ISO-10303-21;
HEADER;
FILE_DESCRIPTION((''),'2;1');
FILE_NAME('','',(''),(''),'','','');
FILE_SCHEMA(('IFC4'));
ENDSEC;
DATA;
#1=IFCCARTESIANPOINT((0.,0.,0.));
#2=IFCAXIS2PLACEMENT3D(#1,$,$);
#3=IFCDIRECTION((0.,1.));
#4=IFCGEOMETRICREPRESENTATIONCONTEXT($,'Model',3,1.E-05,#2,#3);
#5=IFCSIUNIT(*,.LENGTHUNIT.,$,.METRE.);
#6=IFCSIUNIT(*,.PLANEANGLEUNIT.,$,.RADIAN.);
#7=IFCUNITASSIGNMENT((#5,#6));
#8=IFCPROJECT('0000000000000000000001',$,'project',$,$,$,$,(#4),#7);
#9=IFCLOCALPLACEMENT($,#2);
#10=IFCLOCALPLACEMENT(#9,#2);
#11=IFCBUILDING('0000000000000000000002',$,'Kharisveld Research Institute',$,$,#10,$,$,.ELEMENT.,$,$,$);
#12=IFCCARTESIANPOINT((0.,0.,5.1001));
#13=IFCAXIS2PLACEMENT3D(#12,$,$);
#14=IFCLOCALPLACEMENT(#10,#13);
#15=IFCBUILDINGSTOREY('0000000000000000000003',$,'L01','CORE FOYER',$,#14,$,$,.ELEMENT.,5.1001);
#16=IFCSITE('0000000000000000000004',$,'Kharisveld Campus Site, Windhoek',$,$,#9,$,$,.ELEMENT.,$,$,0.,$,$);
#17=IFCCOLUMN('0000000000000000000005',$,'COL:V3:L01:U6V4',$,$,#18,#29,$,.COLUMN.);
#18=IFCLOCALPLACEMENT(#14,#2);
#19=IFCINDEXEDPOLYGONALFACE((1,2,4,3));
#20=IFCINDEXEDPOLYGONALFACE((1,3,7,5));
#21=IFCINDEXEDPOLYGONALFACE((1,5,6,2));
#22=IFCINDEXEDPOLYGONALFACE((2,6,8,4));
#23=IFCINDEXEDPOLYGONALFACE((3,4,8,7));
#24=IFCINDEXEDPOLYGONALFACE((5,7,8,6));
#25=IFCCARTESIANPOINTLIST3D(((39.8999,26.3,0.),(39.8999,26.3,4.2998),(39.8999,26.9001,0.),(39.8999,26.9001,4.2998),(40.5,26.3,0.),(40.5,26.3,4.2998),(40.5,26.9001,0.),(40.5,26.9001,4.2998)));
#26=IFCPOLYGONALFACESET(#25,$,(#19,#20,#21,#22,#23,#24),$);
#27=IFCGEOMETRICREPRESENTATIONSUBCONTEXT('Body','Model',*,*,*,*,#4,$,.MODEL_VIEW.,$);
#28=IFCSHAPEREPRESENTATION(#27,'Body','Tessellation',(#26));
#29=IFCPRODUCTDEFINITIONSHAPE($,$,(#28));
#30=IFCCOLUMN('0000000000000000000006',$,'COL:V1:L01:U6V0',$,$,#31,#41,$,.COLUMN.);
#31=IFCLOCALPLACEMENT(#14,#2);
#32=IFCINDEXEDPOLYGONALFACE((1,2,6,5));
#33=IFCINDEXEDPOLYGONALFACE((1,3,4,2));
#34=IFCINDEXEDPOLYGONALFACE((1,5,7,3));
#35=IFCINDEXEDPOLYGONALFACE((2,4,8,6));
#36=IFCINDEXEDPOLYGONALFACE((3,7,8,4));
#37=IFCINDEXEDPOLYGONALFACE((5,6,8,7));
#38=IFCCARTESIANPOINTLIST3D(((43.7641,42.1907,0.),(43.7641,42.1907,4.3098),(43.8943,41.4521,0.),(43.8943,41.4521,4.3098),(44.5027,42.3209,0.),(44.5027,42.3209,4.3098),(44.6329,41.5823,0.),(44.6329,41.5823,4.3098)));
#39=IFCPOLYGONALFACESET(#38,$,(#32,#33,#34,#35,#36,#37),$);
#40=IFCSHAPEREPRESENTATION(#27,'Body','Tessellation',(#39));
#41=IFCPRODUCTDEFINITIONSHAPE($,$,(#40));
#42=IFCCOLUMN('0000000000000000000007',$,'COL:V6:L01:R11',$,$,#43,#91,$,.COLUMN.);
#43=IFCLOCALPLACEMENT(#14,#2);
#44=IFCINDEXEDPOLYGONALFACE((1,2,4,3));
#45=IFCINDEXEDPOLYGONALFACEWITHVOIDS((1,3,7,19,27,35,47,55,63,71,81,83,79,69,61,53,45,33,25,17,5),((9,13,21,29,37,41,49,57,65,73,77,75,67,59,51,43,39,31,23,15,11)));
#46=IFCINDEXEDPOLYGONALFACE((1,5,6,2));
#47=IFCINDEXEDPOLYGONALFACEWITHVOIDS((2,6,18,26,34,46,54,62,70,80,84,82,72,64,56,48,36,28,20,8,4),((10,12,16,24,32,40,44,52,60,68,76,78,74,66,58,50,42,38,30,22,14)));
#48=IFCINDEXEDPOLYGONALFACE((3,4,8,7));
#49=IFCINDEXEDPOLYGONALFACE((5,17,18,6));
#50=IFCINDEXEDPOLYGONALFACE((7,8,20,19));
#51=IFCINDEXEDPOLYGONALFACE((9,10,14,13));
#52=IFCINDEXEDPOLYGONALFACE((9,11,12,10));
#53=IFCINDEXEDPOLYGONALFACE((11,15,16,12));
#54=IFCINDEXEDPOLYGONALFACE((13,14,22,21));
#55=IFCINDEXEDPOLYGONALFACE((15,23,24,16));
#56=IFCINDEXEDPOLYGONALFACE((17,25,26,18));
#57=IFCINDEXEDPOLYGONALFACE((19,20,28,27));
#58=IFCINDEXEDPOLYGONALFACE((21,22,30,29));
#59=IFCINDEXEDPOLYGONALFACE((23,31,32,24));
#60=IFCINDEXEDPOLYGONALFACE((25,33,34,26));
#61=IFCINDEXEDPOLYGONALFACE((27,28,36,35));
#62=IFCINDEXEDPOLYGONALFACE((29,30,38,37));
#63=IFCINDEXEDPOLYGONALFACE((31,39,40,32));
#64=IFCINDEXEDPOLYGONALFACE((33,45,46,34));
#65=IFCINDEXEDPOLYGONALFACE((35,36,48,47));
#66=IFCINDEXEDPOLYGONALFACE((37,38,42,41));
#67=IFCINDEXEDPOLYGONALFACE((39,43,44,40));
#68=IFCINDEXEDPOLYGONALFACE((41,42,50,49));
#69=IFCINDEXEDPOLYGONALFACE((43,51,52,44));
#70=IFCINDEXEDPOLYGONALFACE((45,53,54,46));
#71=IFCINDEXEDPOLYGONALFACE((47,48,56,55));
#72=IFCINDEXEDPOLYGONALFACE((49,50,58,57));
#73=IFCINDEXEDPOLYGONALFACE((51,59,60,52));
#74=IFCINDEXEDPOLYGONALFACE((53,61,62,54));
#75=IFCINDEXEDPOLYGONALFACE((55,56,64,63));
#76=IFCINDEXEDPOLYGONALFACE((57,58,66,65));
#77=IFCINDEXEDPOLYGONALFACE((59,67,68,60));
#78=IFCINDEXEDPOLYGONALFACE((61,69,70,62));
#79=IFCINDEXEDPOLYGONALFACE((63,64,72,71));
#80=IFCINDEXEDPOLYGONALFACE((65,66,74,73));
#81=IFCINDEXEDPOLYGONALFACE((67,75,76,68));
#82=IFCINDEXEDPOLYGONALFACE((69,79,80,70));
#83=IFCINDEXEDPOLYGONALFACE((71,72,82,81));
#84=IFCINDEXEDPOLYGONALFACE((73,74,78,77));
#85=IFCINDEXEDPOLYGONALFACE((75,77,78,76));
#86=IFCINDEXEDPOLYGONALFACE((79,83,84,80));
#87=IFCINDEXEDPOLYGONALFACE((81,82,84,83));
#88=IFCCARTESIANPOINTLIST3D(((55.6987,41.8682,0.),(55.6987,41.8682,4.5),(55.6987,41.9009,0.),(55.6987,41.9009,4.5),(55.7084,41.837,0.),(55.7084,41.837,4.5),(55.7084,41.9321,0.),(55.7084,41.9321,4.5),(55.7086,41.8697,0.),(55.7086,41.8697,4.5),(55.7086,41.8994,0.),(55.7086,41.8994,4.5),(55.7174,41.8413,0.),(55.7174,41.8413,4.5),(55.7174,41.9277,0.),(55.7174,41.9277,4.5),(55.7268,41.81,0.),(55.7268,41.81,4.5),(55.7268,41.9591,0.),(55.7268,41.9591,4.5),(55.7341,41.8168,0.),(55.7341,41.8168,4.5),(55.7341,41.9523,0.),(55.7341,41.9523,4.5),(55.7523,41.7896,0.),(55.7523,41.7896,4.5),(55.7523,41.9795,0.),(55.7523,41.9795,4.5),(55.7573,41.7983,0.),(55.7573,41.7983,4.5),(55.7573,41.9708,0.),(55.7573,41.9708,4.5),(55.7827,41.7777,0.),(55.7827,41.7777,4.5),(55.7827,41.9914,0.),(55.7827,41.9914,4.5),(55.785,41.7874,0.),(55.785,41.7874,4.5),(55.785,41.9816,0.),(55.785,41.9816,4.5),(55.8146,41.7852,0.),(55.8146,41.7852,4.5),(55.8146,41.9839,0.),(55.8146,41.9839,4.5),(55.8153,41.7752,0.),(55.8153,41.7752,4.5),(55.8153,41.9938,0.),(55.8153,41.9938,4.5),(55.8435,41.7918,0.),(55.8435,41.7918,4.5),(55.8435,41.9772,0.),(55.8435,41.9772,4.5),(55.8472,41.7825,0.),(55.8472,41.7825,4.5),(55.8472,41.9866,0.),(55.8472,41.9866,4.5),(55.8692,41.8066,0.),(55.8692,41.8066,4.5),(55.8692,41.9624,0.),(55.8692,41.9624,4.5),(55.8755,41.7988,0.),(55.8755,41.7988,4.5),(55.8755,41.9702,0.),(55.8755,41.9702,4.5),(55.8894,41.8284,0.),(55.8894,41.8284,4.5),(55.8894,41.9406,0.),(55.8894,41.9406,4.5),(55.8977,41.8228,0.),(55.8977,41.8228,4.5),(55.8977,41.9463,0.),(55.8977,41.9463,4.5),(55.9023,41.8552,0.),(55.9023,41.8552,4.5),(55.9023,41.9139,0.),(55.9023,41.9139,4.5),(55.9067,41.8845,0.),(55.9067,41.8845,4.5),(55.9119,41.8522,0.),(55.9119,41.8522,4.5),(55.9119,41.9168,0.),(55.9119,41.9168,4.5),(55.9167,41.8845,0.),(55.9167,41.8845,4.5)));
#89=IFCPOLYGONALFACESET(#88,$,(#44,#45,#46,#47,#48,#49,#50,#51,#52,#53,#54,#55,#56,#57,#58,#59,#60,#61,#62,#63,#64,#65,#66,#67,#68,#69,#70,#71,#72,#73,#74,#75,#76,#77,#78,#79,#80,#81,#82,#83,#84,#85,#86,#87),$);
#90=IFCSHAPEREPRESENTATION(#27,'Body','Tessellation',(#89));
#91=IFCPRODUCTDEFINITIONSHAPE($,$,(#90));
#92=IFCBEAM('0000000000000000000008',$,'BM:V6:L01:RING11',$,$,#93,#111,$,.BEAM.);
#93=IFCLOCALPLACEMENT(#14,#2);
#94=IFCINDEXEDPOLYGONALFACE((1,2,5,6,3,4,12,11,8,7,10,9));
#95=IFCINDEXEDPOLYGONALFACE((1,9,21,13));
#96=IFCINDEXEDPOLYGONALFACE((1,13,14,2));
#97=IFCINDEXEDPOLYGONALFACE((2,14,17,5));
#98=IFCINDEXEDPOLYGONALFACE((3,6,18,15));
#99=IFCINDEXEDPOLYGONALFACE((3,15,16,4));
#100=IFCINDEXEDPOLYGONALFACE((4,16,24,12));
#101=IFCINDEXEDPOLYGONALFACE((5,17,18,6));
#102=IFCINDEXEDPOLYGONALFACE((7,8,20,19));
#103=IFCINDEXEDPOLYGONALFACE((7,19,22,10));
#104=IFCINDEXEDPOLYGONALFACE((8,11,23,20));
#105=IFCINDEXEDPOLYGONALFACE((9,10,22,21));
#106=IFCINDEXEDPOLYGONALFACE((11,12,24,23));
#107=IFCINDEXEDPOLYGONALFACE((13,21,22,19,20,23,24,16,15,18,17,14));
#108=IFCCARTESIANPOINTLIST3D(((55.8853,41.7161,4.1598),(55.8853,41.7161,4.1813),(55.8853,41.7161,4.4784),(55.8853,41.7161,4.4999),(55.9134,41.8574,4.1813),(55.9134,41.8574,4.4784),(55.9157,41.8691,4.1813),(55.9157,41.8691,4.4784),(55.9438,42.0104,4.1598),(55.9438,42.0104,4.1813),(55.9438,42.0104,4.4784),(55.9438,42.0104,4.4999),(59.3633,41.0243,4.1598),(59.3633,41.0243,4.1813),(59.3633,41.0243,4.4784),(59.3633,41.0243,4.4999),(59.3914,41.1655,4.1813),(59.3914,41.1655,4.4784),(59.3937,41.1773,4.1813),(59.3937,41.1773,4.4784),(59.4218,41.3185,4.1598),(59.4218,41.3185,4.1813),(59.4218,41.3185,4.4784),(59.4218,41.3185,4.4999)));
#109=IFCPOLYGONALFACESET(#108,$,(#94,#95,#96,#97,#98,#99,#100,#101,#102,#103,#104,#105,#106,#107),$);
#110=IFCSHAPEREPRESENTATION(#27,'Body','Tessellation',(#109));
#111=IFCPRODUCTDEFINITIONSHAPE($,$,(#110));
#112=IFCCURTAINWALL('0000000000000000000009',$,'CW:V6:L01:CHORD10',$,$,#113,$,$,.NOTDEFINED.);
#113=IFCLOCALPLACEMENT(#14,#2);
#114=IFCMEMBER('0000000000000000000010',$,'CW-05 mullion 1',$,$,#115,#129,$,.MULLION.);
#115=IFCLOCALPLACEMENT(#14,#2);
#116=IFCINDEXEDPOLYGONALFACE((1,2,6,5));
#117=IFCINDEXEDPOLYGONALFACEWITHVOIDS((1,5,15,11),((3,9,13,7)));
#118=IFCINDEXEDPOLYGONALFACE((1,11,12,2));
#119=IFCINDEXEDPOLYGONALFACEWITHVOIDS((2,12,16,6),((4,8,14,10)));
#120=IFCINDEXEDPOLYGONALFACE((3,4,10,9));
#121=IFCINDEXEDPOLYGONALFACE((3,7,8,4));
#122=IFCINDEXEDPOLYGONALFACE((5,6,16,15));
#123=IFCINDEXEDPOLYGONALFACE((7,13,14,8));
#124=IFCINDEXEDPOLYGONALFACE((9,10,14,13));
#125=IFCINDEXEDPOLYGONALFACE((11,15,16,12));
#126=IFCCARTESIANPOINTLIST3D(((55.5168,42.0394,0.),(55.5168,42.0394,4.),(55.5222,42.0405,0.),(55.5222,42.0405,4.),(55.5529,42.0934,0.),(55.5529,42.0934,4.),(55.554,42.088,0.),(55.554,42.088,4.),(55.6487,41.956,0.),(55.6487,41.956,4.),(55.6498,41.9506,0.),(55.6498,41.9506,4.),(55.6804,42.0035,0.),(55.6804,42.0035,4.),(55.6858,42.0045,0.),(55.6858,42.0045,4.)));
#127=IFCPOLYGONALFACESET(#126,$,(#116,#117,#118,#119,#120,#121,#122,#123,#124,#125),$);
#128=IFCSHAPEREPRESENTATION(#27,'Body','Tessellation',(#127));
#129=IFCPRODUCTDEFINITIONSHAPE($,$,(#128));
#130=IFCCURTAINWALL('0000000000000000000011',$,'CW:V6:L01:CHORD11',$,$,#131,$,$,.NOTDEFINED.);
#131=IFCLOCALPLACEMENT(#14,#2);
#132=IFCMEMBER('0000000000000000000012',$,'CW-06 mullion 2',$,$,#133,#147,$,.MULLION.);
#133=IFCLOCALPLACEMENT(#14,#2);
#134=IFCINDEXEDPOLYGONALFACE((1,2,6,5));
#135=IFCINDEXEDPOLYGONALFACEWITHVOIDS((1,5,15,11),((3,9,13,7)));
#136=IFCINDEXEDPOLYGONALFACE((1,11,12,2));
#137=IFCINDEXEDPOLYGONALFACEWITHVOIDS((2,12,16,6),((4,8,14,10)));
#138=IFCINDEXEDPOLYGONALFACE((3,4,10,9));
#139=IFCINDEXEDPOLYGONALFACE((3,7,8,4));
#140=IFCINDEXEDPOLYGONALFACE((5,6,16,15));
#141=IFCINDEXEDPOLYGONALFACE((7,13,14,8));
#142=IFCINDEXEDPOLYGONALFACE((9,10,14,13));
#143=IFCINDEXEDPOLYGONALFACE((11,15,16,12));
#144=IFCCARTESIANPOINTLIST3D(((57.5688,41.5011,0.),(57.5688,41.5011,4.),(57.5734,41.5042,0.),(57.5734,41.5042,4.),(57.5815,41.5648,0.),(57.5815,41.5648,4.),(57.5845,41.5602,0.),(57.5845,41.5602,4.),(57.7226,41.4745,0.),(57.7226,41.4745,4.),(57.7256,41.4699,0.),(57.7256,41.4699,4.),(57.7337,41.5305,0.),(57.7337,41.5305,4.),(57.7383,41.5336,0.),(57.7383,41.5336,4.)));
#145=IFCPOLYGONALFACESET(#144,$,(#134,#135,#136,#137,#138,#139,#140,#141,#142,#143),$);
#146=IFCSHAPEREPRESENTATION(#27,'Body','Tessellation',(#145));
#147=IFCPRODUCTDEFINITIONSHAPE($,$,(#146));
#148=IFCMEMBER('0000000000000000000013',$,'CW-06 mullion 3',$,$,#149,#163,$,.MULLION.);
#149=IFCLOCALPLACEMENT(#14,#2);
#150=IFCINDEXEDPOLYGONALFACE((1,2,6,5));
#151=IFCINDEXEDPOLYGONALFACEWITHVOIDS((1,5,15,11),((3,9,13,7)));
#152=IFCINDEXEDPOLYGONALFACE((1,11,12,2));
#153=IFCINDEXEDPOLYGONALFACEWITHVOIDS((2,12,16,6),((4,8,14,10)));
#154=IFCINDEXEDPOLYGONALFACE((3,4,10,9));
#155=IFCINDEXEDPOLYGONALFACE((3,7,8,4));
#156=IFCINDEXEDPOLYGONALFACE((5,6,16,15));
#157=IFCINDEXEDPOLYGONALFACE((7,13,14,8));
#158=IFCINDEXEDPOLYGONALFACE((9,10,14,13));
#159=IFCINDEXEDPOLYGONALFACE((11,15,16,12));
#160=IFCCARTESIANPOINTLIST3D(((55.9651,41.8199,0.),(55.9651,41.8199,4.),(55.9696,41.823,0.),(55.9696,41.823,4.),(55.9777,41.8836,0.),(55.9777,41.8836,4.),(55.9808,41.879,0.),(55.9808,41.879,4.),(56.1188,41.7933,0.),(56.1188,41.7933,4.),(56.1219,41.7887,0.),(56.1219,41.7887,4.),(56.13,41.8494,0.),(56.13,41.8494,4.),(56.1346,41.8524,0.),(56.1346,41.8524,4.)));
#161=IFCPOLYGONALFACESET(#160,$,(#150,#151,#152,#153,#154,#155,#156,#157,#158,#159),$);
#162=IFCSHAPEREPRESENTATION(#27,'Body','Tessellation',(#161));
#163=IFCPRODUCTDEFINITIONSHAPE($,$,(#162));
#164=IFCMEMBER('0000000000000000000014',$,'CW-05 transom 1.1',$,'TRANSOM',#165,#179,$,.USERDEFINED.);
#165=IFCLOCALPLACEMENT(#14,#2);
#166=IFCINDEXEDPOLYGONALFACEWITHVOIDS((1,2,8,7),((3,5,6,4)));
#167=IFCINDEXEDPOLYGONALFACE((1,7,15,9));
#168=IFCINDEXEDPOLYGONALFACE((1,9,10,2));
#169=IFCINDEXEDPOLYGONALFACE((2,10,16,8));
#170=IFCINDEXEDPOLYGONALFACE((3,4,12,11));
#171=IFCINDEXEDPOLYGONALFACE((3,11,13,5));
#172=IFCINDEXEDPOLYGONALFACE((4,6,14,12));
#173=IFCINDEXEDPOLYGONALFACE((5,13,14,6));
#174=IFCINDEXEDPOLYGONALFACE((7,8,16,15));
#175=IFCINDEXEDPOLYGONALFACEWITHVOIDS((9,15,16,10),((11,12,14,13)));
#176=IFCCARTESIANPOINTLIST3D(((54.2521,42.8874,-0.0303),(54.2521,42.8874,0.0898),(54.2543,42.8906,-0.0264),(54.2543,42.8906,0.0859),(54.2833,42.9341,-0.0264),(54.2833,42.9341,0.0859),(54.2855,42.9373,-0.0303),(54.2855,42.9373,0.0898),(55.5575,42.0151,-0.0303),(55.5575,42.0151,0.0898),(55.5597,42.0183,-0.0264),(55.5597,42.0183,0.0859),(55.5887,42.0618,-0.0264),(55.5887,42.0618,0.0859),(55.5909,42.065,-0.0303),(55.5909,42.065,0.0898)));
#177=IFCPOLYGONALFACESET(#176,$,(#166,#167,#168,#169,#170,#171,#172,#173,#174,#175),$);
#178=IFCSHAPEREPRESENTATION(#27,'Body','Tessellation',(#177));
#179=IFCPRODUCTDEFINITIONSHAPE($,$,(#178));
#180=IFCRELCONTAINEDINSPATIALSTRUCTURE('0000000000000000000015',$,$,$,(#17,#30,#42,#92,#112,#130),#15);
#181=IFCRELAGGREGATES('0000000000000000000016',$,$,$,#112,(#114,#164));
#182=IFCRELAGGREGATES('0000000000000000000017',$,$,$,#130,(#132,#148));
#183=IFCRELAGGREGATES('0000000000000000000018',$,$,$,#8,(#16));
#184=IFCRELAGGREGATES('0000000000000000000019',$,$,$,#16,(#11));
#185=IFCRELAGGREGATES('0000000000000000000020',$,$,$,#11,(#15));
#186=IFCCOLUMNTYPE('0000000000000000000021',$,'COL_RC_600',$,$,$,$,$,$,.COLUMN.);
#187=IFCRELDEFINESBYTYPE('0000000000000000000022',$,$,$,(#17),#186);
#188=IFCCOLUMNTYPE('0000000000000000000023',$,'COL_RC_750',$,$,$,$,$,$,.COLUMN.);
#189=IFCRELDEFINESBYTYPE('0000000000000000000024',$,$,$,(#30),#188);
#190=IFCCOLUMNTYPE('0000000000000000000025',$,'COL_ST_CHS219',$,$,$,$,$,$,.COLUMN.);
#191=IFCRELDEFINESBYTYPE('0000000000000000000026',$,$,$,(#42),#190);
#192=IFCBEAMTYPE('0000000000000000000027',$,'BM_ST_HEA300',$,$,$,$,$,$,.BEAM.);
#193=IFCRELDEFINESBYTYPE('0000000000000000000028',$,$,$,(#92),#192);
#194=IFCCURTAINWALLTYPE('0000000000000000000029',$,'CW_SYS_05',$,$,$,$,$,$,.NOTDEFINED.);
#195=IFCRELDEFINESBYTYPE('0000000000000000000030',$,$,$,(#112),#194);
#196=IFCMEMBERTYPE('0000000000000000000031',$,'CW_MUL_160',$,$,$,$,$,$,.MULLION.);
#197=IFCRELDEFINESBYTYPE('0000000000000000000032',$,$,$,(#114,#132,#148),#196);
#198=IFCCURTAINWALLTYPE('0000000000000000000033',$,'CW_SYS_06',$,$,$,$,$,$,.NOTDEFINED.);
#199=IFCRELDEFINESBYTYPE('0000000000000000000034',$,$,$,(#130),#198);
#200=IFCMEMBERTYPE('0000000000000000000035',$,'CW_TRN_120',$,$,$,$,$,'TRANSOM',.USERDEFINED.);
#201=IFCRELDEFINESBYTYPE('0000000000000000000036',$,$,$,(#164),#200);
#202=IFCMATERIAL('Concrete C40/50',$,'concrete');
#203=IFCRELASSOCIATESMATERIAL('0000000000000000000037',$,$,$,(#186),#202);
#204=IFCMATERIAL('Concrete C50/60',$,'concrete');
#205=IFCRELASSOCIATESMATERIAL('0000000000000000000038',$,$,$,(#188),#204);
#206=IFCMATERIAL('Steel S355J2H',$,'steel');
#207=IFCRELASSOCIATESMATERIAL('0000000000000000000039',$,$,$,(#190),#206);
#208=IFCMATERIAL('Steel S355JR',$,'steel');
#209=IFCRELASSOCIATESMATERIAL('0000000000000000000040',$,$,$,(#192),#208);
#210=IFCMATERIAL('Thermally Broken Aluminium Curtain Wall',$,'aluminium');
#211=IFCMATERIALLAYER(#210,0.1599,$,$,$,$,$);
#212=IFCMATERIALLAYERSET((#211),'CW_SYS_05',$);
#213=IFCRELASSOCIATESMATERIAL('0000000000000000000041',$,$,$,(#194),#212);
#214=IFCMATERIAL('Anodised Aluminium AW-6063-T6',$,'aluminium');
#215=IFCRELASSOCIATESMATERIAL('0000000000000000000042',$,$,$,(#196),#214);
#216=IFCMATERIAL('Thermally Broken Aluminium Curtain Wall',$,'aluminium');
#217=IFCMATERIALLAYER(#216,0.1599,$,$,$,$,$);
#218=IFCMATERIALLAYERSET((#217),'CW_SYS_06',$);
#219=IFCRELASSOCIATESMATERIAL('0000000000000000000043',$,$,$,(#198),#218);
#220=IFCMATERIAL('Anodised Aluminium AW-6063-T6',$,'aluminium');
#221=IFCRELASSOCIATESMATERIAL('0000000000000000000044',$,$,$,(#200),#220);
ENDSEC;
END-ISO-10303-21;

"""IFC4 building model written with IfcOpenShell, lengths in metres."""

from ifc_helpers import new_model, si_unit, direction, frame, origin, origin_2d, place, context, subcontext, project, spatial, rectangle, hollow_rectangle, hollow_circle, i_section, extrude, material, layer, layer_set, material_profile, profile_set, type_object, element, aggregate, save


model = new_model("IFC4")

# Units and contexts
model_context = context("Model", 3, precision=1e-05, world=origin(), true_north=direction((0.0, 1.0)))
body_context = subcontext(model_context, "Body", "Model", "MODEL_VIEW")
ifc_project = project(units=[si_unit("LENGTHUNIT", "METRE"), si_unit("PLANEANGLEUNIT", "RADIAN")], contexts=[model_context])

# Site, building, storey
site_placement = place(None, origin())
site = spatial("IfcSite", under=ifc_project, at=site_placement, Name="Kharisveld Campus Site, Windhoek", CompositionType="ELEMENT", RefElevation=0.0)
building_placement = place(site_placement, origin())
building = spatial("IfcBuilding", under=site, at=building_placement, Name="Kharisveld Research Institute", CompositionType="ELEMENT")
storey_placement = place(building_placement, frame((0.0, 0.0, 5.1001)))
storey = spatial("IfcBuildingStorey", under=building, at=storey_placement, Name="L01", Description="CORE FOYER", CompositionType="ELEMENT", Elevation=5.1001)

# Columns
ifc_material_1 = material(Name="Concrete C40/50", Category="concrete")
ifc_material_profile_1 = material_profile(ifc_material_1, rectangle(XDim=0.6001, YDim=0.6001, at=origin_2d()))
ifc_profile_set_1 = profile_set([ifc_material_profile_1], Name="Concrete C40/50")
column_type_1 = type_object("IfcColumnType", Name="COL_RC_600", PredefinedType="COLUMN", material=ifc_profile_set_1)
column_1_placement = place(storey_placement, frame((40.2, 26.6001, 0.0), z_axis=(0.0, 0.0, 1.0), x_axis=(1.0, 0.0, 0.0)))
element("IfcColumn", 1, at=column_1_placement, inside=storey, type_object=column_type_1, Name="COL:V3:L01:U6V4", PredefinedType="COLUMN", context=body_context, shape_type="SweptSolid", body=[
    extrude(rectangle(XDim=0.6001, YDim=0.6001, at=origin_2d()), origin(), (0.0, 0.0, 1.0), 4.2998),
])
ifc_material_2 = material(Name="Concrete C50/60", Category="concrete")
ifc_material_profile_2 = material_profile(ifc_material_2, rectangle(XDim=0.75, YDim=0.75, at=origin_2d()))
ifc_profile_set_2 = profile_set([ifc_material_profile_2], Name="Concrete C50/60")
column_type_2 = type_object("IfcColumnType", Name="COL_RC_750", PredefinedType="COLUMN", material=ifc_profile_set_2)
column_2_placement = place(storey_placement, frame((44.1985, 41.8865, 0.0), z_axis=(0.0, 0.0, 1.0), x_axis=(0.984808, 0.173648, 0.0)))
element("IfcColumn", 2, at=column_2_placement, inside=storey, type_object=column_type_2, Name="COL:V1:L01:U6V0", PredefinedType="COLUMN", context=body_context, shape_type="SweptSolid", body=[
    extrude(rectangle(XDim=0.75, YDim=0.75, at=origin_2d()), origin(), (0.0, 0.0, 1.0), 4.3098),
])
ifc_material_3 = material(Name="Steel S355J2H", Category="steel")
ifc_material_profile_3 = material_profile(ifc_material_3, hollow_circle(Radius=0.1096, WallThickness=0.01, at=origin_2d()))
ifc_profile_set_3 = profile_set([ifc_material_profile_3], Name="Steel S355J2H")
column_type_3 = type_object("IfcColumnType", Name="COL_ST_CHS219", PredefinedType="COLUMN", material=ifc_profile_set_3)
column_3_placement = place(storey_placement, frame((55.8071, 41.8845, 0.0), z_axis=(0.0, 0.0, 1.0), x_axis=(1.0, 0.0, 0.0)))
element("IfcColumn", 3, at=column_3_placement, inside=storey, type_object=column_type_3, Name="COL:V6:L01:R11", PredefinedType="COLUMN", context=body_context, shape_type="SweptSolid", body=[
    extrude(hollow_circle(Radius=0.1096, WallThickness=0.01, at=origin_2d()), origin(), (0.0, 0.0, 1.0), 4.5),
])

# Beam
ifc_material_4 = material(Name="Steel S355JR", Category="steel")
ifc_material_profile_4 = material_profile(ifc_material_4, i_section(OverallWidth=0.3, OverallDepth=0.3401, WebThickness=0.012, FlangeThickness=0.0215, at=origin_2d()))
ifc_profile_set_4 = profile_set([ifc_material_profile_4], Name="Steel S355JR")
beam_type_1 = type_object("IfcBeamType", Name="BM_ST_HEA300", PredefinedType="BEAM", material=ifc_profile_set_4)
beam_1_placement = place(storey_placement, frame((55.9146, 41.8633, 4.3298), z_axis=(0.980781, -0.19511, 0.0), x_axis=(0.19511, 0.980781, 0.0)))
element("IfcBeam", 4, at=beam_1_placement, inside=storey, type_object=beam_type_1, Name="BM:V6:L01:RING11", PredefinedType="BEAM", context=body_context, shape_type="SweptSolid", body=[
    extrude(i_section(OverallWidth=0.3, OverallDepth=0.3401, WebThickness=0.012, FlangeThickness=0.0215, at=origin_2d()), origin(), (0.0, 0.0, 1.0), 3.5461),
])

# Curtain wall, member
ifc_material_5 = material(Name="Thermally Broken Aluminium Curtain Wall", Category="aluminium")
ifc_layer_1 = layer(ifc_material_5, 0.1599)
ifc_layer_set_1 = layer_set([ifc_layer_1], Name="CW_SYS_05")
curtain_wall_type_1 = type_object("IfcCurtainWallType", Name="CW_SYS_05", PredefinedType="NOTDEFINED", material=ifc_layer_set_1)
curtain_wall_1_placement = place(storey_placement, origin())
curtain_wall_1 = element("IfcCurtainWall", 5, at=curtain_wall_1_placement, inside=storey, type_object=curtain_wall_type_1, Name="CW:V6:L01:CHORD10", PredefinedType="NOTDEFINED")
ifc_material_6 = material(Name="Anodised Aluminium AW-6063-T6", Category="aluminium")
ifc_material_profile_5 = material_profile(ifc_material_6, hollow_rectangle(XDim=0.0649, YDim=0.1599, WallThickness=0.0039, at=origin_2d()))
ifc_profile_set_5 = profile_set([ifc_material_profile_5], Name="Anodised Aluminium AW-6063-T6")
member_type_1 = type_object("IfcMemberType", Name="CW_MUL_160", PredefinedType="MULLION", material=ifc_profile_set_5)
member_1_placement = place(storey_placement, frame((55.6013, 42.022, 0.0), z_axis=(0.0, 0.0, 1.0), x_axis=(-0.55557, -0.83147, 0.0)))
member_1 = element("IfcMember", 6, at=member_1_placement, type_object=member_type_1, Name="CW-05 mullion 1", PredefinedType="MULLION", context=body_context, shape_type="SweptSolid", body=[
    extrude(hollow_rectangle(XDim=0.0649, YDim=0.1599, WallThickness=0.0039, at=origin_2d()), origin(), (0.0, 0.0, 1.0), 4.0),
])

# Curtain wall, members
ifc_material_7 = material(Name="Thermally Broken Aluminium Curtain Wall", Category="aluminium")
ifc_layer_2 = layer(ifc_material_7, 0.1599)
ifc_layer_set_2 = layer_set([ifc_layer_2], Name="CW_SYS_06")
curtain_wall_type_2 = type_object("IfcCurtainWallType", Name="CW_SYS_06", PredefinedType="NOTDEFINED", material=ifc_layer_set_2)
curtain_wall_2_placement = place(storey_placement, origin())
curtain_wall_2 = element("IfcCurtainWall", 7, at=curtain_wall_2_placement, inside=storey, type_object=curtain_wall_type_2, Name="CW:V6:L01:CHORD11", PredefinedType="NOTDEFINED")
member_2_placement = place(storey_placement, frame((57.6536, 41.5173, 0.0), z_axis=(0.0, 0.0, 1.0), x_axis=(-0.195091, -0.980785, 0.0)))
member_2 = element("IfcMember", 8, at=member_2_placement, type_object=member_type_1, Name="CW-06 mullion 2", PredefinedType="MULLION", context=body_context, shape_type="SweptSolid", body=[
    extrude(hollow_rectangle(XDim=0.0649, YDim=0.1599, WallThickness=0.0039, at=origin_2d()), origin(), (0.0, 0.0, 1.0), 4.0),
])
member_3_placement = place(storey_placement, frame((56.0498, 41.8362, 0.0), z_axis=(0.0, 0.0, 1.0), x_axis=(-0.195091, -0.980785, 0.0)))
member_3 = element("IfcMember", 9, at=member_3_placement, type_object=member_type_1, Name="CW-06 mullion 3", PredefinedType="MULLION", context=body_context, shape_type="SweptSolid", body=[
    extrude(hollow_rectangle(XDim=0.0649, YDim=0.1599, WallThickness=0.0039, at=origin_2d()), origin(), (0.0, 0.0, 1.0), 4.0),
])

# Member
ifc_material_8 = material(Name="Anodised Aluminium AW-6063-T6", Category="aluminium")
ifc_material_profile_6 = material_profile(ifc_material_8, hollow_rectangle(XDim=0.0601, YDim=0.1201, WallThickness=0.0039, at=origin_2d()))
ifc_profile_set_6 = profile_set([ifc_material_profile_6], Name="Anodised Aluminium AW-6063-T6")
member_type_2 = type_object("IfcMemberType", Name="CW_TRN_120", ElementType="TRANSOM", PredefinedType="USERDEFINED", material=ifc_profile_set_6)
member_4_placement = place(storey_placement, frame((55.5742, 42.04, 0.0298), z_axis=(-0.831452, 0.555597, 0.0), x_axis=(-0.555597, -0.831452, 0.0)))
member_4 = element("IfcMember", 10, at=member_4_placement, type_object=member_type_2, Name="CW-05 transom 1.1", ObjectType="TRANSOM", PredefinedType="USERDEFINED", context=body_context, shape_type="SweptSolid", body=[
    extrude(hollow_rectangle(XDim=0.0601, YDim=0.1201, WallThickness=0.0039, at=origin_2d()), origin(), (0.0, 0.0, 1.0), 1.5701),
])

aggregate(curtain_wall_1, [member_1, member_4])
aggregate(curtain_wall_2, [member_2, member_3])

save(model, "model.ifc")
